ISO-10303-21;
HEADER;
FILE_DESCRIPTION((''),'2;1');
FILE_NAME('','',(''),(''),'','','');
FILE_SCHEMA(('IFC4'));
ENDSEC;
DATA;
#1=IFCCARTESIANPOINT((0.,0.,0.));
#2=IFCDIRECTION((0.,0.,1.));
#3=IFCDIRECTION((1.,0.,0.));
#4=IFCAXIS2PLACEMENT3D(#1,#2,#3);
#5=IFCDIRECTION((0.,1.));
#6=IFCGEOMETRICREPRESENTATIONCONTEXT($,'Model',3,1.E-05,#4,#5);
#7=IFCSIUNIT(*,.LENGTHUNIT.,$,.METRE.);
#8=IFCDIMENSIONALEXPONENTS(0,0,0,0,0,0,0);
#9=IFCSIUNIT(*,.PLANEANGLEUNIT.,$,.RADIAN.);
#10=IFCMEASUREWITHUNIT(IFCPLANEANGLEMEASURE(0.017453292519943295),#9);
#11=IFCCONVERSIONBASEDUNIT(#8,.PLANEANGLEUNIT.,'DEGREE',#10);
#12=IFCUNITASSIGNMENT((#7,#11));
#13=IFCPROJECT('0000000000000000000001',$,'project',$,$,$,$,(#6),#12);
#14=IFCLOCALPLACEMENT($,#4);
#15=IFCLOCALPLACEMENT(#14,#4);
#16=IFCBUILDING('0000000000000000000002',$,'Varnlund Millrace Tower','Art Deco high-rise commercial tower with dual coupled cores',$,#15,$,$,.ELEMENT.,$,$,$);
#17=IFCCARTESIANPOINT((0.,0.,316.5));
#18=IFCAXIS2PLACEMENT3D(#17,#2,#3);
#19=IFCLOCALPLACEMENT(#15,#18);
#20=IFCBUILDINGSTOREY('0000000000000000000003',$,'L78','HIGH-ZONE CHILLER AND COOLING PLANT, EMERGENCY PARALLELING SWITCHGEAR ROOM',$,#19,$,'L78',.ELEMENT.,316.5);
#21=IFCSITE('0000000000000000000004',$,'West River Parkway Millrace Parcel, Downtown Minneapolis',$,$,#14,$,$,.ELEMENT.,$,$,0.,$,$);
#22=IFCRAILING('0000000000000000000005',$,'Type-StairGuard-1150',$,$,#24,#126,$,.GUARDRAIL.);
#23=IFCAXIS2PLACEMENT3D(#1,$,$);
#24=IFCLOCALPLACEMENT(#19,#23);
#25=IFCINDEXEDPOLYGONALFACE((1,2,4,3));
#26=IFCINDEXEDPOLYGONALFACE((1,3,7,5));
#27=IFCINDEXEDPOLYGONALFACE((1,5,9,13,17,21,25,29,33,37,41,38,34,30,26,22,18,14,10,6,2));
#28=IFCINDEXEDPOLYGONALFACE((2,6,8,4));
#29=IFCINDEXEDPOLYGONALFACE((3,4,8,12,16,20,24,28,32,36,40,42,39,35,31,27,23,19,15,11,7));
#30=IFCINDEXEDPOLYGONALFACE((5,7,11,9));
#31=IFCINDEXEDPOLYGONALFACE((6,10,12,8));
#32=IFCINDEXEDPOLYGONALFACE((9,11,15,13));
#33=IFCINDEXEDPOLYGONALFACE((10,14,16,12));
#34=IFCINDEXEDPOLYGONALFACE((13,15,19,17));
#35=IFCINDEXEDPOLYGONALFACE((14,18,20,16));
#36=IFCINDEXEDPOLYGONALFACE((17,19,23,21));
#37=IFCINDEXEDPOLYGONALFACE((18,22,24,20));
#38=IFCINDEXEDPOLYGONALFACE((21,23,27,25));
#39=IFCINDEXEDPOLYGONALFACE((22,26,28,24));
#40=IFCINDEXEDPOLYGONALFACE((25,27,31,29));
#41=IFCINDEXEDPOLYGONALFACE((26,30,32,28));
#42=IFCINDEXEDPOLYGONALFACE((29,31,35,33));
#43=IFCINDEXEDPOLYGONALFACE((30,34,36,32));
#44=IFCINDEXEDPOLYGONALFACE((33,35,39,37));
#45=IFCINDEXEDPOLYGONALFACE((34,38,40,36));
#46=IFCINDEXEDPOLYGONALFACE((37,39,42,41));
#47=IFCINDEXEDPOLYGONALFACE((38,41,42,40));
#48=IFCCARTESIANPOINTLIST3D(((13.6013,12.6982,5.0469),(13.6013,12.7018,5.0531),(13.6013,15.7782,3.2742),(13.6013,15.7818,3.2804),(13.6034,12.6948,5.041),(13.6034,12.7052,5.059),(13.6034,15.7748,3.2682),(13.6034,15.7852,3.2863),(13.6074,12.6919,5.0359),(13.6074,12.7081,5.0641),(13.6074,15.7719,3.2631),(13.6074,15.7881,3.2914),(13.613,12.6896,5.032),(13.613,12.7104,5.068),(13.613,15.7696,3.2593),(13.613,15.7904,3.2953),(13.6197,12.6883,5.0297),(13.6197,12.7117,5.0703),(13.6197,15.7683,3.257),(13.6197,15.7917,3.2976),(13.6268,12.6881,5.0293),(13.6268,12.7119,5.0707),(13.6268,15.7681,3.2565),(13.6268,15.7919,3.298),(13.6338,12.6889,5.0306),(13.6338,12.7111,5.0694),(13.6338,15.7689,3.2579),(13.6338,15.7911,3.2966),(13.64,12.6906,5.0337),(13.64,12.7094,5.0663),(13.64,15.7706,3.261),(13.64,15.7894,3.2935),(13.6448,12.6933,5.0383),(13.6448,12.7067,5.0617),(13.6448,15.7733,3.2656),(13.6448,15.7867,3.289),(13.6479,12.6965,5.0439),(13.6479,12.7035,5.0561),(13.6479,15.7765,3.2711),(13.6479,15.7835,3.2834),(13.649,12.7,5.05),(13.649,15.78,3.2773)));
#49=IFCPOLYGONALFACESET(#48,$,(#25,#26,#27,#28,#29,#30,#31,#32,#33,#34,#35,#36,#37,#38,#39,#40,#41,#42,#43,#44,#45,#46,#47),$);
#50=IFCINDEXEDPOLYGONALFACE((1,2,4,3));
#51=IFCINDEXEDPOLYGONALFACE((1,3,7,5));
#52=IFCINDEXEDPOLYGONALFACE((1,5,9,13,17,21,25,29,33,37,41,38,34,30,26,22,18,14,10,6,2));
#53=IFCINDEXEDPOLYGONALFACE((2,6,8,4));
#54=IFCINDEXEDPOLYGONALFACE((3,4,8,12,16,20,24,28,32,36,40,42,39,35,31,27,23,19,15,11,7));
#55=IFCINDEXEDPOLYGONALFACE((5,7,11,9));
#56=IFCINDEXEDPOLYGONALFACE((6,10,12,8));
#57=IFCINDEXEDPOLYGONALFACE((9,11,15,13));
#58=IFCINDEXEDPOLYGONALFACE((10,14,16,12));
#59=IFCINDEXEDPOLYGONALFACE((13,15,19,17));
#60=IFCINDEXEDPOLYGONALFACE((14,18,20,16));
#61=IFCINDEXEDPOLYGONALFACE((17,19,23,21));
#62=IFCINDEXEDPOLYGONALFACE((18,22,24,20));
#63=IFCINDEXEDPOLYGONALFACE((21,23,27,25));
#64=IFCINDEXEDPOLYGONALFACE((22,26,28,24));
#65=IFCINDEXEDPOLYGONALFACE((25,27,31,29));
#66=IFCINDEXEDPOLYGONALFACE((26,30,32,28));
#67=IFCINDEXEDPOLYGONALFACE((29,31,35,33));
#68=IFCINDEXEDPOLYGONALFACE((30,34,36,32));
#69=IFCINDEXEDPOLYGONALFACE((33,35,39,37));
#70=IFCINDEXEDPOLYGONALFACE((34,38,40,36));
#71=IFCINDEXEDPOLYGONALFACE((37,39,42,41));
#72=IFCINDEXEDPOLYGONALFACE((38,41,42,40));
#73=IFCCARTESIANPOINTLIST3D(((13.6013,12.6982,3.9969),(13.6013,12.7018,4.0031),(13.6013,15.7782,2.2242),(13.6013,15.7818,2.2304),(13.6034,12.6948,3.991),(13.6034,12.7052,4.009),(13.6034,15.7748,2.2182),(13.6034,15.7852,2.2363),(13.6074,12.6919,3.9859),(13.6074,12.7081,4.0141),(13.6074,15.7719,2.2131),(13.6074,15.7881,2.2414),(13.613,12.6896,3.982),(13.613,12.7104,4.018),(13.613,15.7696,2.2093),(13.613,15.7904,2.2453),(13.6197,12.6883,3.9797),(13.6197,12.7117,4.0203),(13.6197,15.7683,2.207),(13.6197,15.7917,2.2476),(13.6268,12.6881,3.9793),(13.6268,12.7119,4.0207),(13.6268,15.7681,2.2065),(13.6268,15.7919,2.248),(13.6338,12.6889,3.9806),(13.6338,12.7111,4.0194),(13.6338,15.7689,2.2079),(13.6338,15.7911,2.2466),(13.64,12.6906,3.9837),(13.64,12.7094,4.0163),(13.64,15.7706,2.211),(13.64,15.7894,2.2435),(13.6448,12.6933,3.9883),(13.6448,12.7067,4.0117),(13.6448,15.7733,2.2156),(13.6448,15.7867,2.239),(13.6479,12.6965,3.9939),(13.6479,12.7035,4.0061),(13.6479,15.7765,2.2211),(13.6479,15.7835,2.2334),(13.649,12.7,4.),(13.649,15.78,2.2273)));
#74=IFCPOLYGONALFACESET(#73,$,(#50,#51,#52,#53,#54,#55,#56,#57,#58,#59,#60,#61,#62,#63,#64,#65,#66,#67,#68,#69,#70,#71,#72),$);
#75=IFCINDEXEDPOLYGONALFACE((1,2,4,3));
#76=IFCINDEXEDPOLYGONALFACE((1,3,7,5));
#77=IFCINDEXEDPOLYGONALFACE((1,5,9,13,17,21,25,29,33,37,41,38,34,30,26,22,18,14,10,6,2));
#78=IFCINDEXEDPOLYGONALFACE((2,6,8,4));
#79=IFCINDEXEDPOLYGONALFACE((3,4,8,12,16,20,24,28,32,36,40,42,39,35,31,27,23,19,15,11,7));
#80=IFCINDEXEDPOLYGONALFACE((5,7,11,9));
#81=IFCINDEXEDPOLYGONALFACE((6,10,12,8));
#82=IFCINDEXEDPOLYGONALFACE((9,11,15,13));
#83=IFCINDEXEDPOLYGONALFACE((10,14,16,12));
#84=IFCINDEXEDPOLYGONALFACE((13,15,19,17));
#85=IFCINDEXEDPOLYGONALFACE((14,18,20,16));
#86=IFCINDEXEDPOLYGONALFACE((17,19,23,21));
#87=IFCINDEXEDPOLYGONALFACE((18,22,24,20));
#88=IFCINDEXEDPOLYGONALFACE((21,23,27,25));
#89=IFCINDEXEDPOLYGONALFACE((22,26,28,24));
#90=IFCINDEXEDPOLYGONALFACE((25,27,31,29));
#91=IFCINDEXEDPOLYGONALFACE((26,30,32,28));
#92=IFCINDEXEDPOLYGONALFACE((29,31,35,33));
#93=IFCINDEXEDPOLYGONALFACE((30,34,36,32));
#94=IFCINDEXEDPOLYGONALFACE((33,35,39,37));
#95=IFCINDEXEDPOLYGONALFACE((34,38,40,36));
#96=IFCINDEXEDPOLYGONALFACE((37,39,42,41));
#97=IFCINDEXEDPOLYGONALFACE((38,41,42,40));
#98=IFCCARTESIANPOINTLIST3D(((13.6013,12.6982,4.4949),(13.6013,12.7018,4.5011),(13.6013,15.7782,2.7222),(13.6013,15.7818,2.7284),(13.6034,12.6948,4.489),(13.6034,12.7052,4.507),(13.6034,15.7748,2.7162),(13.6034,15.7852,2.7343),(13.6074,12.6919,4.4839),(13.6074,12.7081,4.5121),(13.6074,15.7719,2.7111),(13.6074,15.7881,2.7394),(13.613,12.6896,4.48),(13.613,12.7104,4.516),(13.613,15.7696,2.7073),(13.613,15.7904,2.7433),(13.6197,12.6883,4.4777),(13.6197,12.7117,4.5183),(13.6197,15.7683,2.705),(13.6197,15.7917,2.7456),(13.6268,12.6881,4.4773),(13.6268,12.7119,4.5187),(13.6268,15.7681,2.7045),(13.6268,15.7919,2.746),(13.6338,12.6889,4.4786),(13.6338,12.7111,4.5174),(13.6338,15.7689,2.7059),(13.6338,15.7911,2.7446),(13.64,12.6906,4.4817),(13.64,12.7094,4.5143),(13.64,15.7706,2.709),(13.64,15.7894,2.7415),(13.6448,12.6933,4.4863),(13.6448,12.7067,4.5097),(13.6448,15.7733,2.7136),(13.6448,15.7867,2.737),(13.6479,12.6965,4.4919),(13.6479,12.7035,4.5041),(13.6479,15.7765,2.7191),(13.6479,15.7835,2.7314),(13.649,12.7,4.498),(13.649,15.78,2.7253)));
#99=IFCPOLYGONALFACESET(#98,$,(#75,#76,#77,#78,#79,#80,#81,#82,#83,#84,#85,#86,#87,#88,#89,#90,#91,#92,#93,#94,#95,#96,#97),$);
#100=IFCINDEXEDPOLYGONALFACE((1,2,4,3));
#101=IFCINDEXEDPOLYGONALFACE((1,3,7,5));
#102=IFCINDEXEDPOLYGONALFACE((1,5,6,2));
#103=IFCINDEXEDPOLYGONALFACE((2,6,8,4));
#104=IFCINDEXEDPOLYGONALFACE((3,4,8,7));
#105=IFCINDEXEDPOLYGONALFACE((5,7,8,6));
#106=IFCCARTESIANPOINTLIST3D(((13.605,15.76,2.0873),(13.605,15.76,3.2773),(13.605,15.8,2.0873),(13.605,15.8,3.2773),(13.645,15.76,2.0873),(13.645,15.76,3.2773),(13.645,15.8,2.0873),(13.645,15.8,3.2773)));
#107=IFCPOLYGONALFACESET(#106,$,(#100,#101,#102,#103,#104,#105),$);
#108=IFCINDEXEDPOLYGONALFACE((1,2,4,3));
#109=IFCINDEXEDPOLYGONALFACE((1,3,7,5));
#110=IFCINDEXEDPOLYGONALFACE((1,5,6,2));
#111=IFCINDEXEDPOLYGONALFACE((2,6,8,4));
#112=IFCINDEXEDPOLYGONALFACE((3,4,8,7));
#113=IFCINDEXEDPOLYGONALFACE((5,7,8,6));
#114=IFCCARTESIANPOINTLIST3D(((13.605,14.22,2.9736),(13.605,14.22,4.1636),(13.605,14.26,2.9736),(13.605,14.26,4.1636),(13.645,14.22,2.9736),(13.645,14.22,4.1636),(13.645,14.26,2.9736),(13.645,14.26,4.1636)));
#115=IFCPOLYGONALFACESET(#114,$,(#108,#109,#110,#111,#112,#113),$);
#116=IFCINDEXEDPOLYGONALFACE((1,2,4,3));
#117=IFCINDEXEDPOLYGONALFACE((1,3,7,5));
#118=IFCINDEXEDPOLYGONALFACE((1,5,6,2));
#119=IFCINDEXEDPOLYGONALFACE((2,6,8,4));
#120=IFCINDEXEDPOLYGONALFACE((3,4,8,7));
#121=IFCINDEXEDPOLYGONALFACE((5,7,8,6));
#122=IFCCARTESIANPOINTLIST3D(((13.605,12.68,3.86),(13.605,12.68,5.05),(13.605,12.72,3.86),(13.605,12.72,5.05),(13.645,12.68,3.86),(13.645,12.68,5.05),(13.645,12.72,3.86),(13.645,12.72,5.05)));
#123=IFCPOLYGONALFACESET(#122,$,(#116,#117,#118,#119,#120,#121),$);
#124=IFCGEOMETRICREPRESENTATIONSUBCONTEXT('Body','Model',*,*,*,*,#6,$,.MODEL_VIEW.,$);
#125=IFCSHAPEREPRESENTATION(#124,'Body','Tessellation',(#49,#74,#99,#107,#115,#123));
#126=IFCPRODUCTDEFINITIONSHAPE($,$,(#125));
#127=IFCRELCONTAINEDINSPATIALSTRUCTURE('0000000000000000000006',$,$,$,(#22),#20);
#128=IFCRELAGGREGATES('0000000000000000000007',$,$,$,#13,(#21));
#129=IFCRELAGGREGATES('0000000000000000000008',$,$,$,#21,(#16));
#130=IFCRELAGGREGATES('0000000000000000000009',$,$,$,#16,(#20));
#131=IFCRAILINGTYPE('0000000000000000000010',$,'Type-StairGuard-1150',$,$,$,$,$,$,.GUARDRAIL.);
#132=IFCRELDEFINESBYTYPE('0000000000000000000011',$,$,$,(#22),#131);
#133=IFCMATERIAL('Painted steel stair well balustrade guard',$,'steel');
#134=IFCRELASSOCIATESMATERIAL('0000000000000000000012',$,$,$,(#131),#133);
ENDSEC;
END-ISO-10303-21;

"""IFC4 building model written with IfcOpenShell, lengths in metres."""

from ifc_helpers import new_model, entity, si_unit, converted_unit, direction, frame, origin_with_axes, origin_2d_with_axis, place, context, subcontext, project, spatial, rectangle, circle, extrude, material, type_object, element, save


model = new_model("IFC4")

# Units and contexts
model_context = context("Model", 3, precision=1e-05, world=origin_with_axes(), true_north=direction((0.0, 1.0)))
body_context = subcontext(model_context, "Body", "Model", "MODEL_VIEW")
ifc_project = project(units=[si_unit("LENGTHUNIT", "METRE"), converted_unit("PLANEANGLEUNIT", "DEGREE", entity("IfcPlaneAngleMeasure", 0.017453292519943295), si_unit("PLANEANGLEUNIT", "RADIAN"), dimensions=[0, 0, 0, 0, 0, 0, 0])], contexts=[model_context])

# Site, building, storey
site_placement = place(None, origin_with_axes())
site = spatial("IfcSite", under=ifc_project, at=site_placement, Name="West River Parkway Millrace Parcel, Downtown Minneapolis", CompositionType="ELEMENT", RefElevation=0.0)
building_placement = place(site_placement, origin_with_axes())
building = spatial("IfcBuilding", under=site, at=building_placement, Name="Varnlund Millrace Tower", Description="Art Deco high-rise commercial tower with dual coupled cores", CompositionType="ELEMENT")
storey_placement = place(building_placement, frame((0.0, 0.0, 316.5), z_axis=(0.0, 0.0, 1.0), x_axis=(1.0, 0.0, 0.0)))
storey = spatial("IfcBuildingStorey", under=building, at=storey_placement, Name="L78", Description="HIGH-ZONE CHILLER AND COOLING PLANT, EMERGENCY PARALLELING SWITCHGEAR ROOM", LongName="L78", CompositionType="ELEMENT", Elevation=316.5)

# Railing
ifc_material_1 = material(Name="Painted steel stair well balustrade guard", Category="steel")
railing_type_1 = type_object("IfcRailingType", Name="Type-StairGuard-1150", PredefinedType="GUARDRAIL", material=ifc_material_1)
railing_1_placement = place(storey_placement, frame((0.0, 0.0, -316.5), z_axis=(0.0, 0.0, 1.0), x_axis=(1.0, 0.0, 0.0)))
element("IfcRailing", 1, at=railing_1_placement, inside=storey, type_object=railing_type_1, Name="Type-StairGuard-1150", PredefinedType="GUARDRAIL", context=body_context, shape_type="SweptSolid", body=[
    extrude(circle(Radius=0.024, at=origin_2d_with_axis()), frame((13.625, 15.78, 319.7773), z_axis=(0.0, -0.866696, 0.498836), x_axis=(1.0, 0.0, 0.0)), (0.0, 0.0, 1.0), 3.5537),
    extrude(circle(Radius=0.024, at=origin_2d_with_axis()), frame((13.625, 15.78, 318.7273), z_axis=(0.0, -0.866696, 0.498836), x_axis=(1.0, 0.0, 0.0)), (0.0, 0.0, 1.0), 3.5537),
    extrude(circle(Radius=0.024, at=origin_2d_with_axis()), frame((13.625, 15.78, 319.2253), z_axis=(0.0, -0.866696, 0.498836), x_axis=(1.0, 0.0, 0.0)), (0.0, 0.0, 1.0), 3.5537),
    extrude(rectangle(XDim=0.04, YDim=0.04, at=origin_2d_with_axis()), frame((13.625, 15.78, 318.5873), z_axis=(0.0, 0.0, 1.0), x_axis=(1.0, 0.0, 0.0)), (0.0, 0.0, 1.0), 1.19),
    extrude(rectangle(XDim=0.04, YDim=0.04, at=origin_2d_with_axis()), frame((13.625, 14.24, 319.4736), z_axis=(0.0, 0.0, 1.0), x_axis=(1.0, 0.0, 0.0)), (0.0, 0.0, 1.0), 1.19),
    extrude(rectangle(XDim=0.04, YDim=0.04, at=origin_2d_with_axis()), frame((13.625, 12.7, 320.36), z_axis=(0.0, 0.0, 1.0), x_axis=(1.0, 0.0, 0.0)), (0.0, 0.0, 1.0), 1.19),
])

save(model, "model.ifc")
